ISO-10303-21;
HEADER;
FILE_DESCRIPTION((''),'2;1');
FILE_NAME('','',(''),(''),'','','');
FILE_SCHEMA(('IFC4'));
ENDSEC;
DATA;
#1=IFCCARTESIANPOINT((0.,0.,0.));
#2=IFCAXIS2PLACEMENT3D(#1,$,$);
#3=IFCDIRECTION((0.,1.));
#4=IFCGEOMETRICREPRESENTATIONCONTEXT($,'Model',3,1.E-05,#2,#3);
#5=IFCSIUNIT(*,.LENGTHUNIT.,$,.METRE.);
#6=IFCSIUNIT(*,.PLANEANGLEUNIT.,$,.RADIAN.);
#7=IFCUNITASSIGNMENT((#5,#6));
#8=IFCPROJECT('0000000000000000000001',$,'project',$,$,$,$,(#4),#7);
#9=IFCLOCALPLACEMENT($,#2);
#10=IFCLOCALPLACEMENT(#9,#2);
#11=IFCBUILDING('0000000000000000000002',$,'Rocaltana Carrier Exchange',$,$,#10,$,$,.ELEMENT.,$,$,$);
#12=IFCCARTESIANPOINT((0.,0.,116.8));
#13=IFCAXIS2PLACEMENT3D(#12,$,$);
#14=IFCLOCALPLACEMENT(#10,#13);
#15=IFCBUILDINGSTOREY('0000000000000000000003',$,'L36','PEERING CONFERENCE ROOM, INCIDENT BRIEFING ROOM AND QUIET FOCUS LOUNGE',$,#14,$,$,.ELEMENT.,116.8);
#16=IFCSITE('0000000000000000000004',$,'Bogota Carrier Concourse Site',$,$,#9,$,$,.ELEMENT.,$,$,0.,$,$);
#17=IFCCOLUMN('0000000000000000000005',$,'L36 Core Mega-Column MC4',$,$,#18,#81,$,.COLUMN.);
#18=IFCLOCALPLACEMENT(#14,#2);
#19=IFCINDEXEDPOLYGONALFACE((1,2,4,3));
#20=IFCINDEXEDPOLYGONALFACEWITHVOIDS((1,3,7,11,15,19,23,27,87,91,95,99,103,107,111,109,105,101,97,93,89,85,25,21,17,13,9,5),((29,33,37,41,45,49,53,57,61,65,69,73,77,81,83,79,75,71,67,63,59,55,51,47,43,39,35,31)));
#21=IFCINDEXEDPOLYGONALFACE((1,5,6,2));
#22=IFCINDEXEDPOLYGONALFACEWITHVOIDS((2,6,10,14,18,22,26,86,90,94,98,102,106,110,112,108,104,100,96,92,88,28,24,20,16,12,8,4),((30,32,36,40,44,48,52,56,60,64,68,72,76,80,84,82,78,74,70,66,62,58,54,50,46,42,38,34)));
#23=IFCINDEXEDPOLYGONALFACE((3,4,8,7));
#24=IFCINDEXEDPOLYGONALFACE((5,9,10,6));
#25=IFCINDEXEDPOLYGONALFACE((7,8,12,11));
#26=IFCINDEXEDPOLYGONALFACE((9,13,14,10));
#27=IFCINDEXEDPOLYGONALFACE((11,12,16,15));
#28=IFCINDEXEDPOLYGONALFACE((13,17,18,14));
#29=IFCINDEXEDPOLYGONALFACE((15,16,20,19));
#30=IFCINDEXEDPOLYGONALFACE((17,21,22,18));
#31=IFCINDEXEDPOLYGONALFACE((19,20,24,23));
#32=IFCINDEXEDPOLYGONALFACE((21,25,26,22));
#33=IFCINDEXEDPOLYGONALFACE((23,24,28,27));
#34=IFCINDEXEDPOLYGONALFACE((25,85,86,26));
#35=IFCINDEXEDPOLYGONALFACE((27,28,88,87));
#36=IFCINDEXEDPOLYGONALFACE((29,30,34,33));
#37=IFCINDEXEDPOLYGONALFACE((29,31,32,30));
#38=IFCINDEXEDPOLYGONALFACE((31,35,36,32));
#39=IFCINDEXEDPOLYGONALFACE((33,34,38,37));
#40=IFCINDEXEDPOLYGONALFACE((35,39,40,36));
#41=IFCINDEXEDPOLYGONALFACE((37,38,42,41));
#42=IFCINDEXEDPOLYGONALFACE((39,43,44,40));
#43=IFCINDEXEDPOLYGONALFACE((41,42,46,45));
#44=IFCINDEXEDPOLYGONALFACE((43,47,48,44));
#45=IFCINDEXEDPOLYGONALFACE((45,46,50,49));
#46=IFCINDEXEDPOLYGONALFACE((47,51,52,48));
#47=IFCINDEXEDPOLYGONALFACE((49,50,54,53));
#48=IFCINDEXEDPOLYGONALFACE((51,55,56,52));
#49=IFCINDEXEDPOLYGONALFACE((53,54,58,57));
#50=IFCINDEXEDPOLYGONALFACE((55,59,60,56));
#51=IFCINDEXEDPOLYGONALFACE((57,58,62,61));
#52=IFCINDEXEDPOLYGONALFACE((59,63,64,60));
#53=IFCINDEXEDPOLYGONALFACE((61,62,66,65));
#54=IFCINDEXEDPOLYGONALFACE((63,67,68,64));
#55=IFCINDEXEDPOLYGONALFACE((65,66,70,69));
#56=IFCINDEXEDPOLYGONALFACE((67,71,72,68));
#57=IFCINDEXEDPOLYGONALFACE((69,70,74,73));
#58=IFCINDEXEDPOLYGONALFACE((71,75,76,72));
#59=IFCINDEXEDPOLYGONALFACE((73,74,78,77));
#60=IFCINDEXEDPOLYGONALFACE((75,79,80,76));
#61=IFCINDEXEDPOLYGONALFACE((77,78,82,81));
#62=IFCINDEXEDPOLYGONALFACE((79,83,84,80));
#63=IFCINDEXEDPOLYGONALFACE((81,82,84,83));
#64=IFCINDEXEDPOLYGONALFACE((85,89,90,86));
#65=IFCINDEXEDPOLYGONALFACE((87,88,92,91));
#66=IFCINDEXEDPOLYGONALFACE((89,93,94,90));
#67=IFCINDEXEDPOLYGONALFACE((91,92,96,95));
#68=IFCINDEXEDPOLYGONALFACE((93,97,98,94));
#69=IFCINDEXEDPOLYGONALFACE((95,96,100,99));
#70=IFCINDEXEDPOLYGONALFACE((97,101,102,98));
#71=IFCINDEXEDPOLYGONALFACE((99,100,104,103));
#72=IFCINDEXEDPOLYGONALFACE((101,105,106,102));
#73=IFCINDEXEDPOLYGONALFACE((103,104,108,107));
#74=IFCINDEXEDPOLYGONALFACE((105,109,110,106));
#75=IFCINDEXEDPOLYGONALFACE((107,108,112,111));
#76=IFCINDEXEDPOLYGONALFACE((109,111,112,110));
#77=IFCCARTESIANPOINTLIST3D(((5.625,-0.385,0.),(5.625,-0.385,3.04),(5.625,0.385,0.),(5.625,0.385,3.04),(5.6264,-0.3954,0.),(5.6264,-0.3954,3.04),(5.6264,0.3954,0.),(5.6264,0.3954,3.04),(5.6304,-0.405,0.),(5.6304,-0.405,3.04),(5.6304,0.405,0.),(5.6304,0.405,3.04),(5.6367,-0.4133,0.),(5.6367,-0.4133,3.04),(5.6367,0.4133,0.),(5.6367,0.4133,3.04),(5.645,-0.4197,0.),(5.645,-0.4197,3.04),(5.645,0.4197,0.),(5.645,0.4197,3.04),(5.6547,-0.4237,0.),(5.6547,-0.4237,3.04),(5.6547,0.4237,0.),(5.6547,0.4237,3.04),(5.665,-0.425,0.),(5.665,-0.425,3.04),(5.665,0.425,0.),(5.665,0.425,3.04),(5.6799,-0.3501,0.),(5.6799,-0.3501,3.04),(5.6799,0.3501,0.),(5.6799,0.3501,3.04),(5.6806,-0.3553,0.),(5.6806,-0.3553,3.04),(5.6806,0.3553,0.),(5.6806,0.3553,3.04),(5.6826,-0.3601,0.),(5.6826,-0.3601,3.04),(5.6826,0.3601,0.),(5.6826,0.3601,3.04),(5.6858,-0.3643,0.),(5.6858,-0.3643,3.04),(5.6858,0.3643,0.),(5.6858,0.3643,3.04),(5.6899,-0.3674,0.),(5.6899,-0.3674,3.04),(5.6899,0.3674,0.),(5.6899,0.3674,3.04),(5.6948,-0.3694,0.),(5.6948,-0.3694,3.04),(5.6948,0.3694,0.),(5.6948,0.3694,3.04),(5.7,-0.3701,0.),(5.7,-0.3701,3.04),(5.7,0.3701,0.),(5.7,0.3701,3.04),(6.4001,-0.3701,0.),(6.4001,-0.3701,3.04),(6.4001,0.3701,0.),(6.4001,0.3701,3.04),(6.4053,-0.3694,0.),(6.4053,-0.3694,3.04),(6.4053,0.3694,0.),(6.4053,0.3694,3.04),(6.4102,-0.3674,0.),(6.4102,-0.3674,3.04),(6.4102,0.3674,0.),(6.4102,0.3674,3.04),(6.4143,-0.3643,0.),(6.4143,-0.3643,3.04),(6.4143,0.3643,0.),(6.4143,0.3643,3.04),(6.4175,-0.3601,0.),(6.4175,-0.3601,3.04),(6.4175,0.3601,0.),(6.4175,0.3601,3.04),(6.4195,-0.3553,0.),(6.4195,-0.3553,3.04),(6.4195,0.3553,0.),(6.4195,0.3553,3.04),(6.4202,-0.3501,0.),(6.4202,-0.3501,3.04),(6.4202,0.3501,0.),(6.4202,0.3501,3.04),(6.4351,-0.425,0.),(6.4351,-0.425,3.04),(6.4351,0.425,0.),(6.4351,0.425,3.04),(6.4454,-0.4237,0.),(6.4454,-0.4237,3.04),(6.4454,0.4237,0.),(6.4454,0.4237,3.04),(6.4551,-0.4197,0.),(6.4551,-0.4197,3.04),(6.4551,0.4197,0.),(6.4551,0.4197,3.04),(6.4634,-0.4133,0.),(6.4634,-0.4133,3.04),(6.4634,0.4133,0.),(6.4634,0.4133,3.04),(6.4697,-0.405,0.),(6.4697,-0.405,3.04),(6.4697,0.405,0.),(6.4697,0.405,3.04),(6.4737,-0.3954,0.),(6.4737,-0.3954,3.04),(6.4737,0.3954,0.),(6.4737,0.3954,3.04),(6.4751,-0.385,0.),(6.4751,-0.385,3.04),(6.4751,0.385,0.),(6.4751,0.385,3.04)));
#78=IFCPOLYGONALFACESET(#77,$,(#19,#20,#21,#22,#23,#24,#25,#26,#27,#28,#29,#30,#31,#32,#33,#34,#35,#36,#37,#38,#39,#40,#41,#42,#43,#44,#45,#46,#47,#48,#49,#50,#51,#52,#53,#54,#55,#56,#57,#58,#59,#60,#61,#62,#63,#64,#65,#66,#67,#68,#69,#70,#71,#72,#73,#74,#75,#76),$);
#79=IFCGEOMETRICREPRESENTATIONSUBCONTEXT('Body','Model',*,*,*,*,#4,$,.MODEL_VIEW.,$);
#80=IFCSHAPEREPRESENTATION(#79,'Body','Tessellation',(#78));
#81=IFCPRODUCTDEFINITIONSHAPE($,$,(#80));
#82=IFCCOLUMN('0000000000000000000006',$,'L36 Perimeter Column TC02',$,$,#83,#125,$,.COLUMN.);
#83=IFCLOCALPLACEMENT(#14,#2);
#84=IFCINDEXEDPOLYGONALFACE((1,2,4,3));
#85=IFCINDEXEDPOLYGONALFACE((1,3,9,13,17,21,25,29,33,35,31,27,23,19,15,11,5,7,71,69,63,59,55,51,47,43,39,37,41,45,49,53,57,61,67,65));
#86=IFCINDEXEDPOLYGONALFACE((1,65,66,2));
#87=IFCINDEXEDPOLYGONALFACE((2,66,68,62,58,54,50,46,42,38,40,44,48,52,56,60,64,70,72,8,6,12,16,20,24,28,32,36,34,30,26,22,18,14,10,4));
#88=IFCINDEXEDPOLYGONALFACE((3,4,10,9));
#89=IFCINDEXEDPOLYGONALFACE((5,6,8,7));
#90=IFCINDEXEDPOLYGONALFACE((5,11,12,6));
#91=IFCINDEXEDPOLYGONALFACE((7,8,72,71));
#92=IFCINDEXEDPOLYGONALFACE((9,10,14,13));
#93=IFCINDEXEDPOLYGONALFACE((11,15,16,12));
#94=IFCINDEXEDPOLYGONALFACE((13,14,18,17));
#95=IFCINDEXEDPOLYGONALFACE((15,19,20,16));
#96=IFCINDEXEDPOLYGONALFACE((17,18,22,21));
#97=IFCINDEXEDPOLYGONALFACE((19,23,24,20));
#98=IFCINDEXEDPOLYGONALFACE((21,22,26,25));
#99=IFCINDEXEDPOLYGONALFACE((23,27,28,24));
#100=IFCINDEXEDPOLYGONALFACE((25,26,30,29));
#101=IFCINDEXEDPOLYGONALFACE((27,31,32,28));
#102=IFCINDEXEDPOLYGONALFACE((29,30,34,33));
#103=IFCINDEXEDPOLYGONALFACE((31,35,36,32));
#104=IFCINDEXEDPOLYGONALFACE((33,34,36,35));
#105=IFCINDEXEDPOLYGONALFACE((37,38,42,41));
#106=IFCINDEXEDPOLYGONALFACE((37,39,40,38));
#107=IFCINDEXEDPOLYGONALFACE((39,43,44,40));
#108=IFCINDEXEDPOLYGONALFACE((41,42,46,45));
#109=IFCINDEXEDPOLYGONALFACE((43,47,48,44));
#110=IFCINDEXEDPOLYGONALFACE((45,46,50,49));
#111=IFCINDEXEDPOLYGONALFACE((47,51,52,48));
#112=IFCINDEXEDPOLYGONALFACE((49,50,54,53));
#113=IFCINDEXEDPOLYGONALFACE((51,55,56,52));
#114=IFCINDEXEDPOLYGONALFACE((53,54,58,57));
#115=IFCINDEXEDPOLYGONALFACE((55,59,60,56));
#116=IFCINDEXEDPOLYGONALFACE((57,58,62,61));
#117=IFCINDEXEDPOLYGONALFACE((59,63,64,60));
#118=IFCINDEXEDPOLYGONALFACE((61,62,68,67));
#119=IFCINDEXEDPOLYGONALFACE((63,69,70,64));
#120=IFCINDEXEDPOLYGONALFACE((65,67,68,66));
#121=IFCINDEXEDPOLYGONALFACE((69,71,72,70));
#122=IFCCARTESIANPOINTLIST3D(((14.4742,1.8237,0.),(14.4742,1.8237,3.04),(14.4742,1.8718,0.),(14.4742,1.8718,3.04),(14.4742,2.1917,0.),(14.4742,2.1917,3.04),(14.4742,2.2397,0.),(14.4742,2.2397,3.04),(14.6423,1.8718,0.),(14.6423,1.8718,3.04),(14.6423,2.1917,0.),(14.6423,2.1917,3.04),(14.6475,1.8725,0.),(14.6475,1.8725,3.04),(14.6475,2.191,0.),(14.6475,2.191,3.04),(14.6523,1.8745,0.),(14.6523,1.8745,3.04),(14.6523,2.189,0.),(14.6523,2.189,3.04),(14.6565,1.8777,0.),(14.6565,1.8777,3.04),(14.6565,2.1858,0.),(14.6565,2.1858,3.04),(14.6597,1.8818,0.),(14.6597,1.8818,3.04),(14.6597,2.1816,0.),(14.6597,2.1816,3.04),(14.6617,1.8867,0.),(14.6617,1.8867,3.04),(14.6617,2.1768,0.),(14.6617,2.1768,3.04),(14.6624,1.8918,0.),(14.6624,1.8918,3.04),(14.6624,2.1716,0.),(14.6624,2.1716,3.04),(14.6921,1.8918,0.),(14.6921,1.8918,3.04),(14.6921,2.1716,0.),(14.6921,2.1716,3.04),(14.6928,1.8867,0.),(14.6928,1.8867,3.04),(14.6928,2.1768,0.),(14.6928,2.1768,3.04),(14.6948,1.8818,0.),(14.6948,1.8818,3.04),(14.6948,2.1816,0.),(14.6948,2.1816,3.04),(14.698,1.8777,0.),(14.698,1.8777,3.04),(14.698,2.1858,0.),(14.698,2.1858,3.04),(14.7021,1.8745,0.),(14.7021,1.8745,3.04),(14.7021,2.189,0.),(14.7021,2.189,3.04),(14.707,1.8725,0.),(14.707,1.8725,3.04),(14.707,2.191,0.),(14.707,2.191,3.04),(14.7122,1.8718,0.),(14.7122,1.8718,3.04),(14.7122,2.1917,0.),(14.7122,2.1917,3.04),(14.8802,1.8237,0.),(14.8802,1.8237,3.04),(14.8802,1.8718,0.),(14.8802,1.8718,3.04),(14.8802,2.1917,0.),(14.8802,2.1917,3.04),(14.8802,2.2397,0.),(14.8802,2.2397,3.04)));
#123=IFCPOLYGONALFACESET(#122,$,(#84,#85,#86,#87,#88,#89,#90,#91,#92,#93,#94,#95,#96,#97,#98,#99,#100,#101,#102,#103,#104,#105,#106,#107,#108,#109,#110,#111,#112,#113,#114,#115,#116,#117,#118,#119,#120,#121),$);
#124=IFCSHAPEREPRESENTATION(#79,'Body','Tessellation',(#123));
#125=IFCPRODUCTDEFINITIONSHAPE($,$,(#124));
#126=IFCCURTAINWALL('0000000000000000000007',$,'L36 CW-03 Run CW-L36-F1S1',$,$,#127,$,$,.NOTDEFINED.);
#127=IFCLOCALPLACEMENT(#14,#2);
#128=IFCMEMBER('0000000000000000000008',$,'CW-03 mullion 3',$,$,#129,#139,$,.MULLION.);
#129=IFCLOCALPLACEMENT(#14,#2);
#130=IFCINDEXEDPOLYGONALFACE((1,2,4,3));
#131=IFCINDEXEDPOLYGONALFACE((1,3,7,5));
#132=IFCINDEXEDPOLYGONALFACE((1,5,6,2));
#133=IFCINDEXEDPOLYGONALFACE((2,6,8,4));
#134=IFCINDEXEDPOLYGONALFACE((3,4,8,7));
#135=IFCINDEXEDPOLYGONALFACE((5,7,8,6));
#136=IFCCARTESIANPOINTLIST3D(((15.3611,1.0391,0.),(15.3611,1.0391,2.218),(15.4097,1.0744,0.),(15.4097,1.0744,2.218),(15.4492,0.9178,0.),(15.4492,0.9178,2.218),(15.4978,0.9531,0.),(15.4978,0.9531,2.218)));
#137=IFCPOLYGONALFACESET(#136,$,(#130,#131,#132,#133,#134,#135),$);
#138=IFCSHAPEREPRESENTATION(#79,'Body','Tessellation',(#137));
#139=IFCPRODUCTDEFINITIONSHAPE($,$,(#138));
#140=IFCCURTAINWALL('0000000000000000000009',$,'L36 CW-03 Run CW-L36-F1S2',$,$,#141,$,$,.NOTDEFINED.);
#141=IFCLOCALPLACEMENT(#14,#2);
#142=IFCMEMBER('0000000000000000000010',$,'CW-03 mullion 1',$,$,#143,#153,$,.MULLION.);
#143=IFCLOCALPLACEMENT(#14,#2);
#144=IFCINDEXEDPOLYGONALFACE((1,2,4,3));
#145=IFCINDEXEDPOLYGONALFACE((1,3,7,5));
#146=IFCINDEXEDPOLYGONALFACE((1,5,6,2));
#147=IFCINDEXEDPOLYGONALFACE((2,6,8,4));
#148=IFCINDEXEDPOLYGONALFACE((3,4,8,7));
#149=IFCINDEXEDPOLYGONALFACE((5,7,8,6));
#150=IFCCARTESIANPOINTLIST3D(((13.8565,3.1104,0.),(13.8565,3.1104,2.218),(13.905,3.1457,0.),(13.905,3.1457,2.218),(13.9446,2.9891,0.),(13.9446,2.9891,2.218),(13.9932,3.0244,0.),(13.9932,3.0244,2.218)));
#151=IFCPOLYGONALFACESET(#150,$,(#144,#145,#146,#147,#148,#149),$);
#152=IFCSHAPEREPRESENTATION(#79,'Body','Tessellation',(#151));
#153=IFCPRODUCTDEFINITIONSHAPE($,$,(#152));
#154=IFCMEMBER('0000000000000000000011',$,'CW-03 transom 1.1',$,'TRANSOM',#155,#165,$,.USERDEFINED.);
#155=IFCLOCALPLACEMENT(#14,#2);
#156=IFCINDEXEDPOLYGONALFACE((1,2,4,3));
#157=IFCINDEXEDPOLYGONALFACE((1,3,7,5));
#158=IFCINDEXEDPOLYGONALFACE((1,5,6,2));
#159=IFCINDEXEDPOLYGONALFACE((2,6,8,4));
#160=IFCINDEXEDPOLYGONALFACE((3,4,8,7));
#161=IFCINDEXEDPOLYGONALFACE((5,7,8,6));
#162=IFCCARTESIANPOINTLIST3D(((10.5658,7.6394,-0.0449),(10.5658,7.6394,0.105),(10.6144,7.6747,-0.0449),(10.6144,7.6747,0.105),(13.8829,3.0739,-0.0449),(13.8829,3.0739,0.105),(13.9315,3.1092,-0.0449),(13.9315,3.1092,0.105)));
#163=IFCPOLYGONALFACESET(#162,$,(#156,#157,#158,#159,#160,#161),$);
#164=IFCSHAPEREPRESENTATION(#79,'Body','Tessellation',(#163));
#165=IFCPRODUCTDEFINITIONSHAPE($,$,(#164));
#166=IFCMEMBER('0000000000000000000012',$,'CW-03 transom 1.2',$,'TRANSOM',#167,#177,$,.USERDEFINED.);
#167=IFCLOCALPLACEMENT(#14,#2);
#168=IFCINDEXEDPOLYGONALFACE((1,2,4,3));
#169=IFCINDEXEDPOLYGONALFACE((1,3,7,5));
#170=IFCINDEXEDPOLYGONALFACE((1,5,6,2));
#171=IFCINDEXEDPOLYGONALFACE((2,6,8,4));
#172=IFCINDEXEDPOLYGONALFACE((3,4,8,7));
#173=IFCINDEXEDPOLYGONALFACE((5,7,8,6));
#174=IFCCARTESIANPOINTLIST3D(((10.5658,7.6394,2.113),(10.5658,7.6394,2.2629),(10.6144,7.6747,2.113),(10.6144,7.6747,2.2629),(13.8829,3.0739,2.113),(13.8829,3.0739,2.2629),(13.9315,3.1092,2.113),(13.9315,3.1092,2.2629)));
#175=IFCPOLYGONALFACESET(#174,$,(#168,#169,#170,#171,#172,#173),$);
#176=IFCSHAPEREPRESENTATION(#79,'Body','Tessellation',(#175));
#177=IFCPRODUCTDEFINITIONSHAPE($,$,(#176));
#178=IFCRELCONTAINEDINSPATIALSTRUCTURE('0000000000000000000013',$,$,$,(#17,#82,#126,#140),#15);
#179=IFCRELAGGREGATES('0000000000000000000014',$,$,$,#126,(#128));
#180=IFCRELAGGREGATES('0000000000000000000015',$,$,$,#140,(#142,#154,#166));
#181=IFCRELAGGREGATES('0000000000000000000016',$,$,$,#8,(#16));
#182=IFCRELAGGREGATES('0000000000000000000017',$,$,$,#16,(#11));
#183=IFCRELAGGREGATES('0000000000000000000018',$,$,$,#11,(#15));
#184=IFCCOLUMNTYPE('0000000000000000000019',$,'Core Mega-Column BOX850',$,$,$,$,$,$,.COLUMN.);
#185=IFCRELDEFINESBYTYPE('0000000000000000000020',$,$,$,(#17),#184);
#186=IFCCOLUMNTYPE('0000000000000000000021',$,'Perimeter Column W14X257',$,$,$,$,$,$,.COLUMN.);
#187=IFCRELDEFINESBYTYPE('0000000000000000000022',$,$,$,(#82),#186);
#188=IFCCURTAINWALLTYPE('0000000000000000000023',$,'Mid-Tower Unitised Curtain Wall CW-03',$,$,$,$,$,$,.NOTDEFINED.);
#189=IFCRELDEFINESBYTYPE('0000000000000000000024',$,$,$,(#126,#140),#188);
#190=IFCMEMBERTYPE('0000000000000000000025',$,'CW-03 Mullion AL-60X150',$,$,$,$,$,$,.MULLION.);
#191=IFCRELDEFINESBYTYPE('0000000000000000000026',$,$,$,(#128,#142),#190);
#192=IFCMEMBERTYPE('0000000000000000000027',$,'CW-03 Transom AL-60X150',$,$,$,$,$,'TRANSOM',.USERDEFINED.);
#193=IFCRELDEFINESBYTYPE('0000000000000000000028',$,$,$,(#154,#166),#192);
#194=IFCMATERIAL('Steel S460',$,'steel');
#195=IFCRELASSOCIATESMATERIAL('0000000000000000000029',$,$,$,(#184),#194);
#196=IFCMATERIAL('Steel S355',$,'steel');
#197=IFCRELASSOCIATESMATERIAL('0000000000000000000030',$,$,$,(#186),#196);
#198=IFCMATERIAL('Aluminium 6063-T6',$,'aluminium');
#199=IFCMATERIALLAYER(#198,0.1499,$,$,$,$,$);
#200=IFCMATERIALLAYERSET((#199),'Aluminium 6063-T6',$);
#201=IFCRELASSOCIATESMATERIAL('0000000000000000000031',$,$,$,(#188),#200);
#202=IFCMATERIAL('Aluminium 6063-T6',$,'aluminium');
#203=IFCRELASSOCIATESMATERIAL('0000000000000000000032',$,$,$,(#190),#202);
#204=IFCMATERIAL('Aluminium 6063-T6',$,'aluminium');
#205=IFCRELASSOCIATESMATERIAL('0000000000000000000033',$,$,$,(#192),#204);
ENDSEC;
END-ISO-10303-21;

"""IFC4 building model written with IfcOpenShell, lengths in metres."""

from ifc_helpers import new_model, si_unit, direction, frame, origin, origin_2d, place, context, subcontext, project, spatial, rectangle, hollow_rectangle, i_section, extrude, material, layer, layer_set, material_profile, profile_set, type_object, element, aggregate, save


model = new_model("IFC4")

# Units and contexts
model_context = context("Model", 3, precision=1e-05, world=origin(), true_north=direction((0.0, 1.0)))
body_context = subcontext(model_context, "Body", "Model", "MODEL_VIEW")
ifc_project = project(units=[si_unit("LENGTHUNIT", "METRE"), si_unit("PLANEANGLEUNIT", "RADIAN")], contexts=[model_context])

# Site, building, storey
site_placement = place(None, origin())
site = spatial("IfcSite", under=ifc_project, at=site_placement, Name="Bogota Carrier Concourse Site", CompositionType="ELEMENT", RefElevation=0.0)
building_placement = place(site_placement, origin())
building = spatial("IfcBuilding", under=site, at=building_placement, Name="Rocaltana Carrier Exchange", CompositionType="ELEMENT")
storey_placement = place(building_placement, frame((0.0, 0.0, 116.8)))
storey = spatial("IfcBuildingStorey", under=building, at=storey_placement, Name="L36", Description="PEERING CONFERENCE ROOM, INCIDENT BRIEFING ROOM AND QUIET FOCUS LOUNGE", CompositionType="ELEMENT", Elevation=116.8)

# Columns
ifc_material_1 = material(Name="Steel S460", Category="steel")
ifc_material_profile_1 = material_profile(ifc_material_1, hollow_rectangle(XDim=0.8501, YDim=0.8501, WallThickness=0.0549, InnerFilletRadius=0.02, OuterFilletRadius=0.04, at=origin_2d()), Name="BOX850X850X55")
ifc_profile_set_1 = profile_set([ifc_material_profile_1], Name="Steel S460")
column_type_1 = type_object("IfcColumnType", Name="Core Mega-Column BOX850", PredefinedType="COLUMN", material=ifc_profile_set_1)
column_1_placement = place(storey_placement, frame((6.05, 0.0, 0.0), z_axis=(0.0, 0.0, 1.0), x_axis=(1.0, 0.0, 0.0)))
element("IfcColumn", 1, at=column_1_placement, inside=storey, type_object=column_type_1, Name="L36 Core Mega-Column MC4", PredefinedType="COLUMN", context=body_context, shape_type="SweptSolid", body=[
    extrude(hollow_rectangle(XDim=0.8501, YDim=0.8501, WallThickness=0.0549, InnerFilletRadius=0.02, OuterFilletRadius=0.04, at=origin_2d()), origin(), (0.0, 0.0, 1.0), 3.04),
])
ifc_material_2 = material(Name="Steel S355", Category="steel")
ifc_material_profile_2 = material_profile(ifc_material_2, i_section(OverallWidth=0.406, OverallDepth=0.416, WebThickness=0.0298, FlangeThickness=0.0481, FilletRadius=0.02, at=origin_2d()), Name="W14X257")
ifc_profile_set_2 = profile_set([ifc_material_profile_2], Name="Steel S355")
column_type_2 = type_object("IfcColumnType", Name="Perimeter Column W14X257", PredefinedType="COLUMN", material=ifc_profile_set_2)
column_2_placement = place(storey_placement, frame((14.6772, 2.0317, 0.0), z_axis=(0.0, 0.0, 1.0), x_axis=(1.0, 0.0, 0.0)))
element("IfcColumn", 2, at=column_2_placement, inside=storey, type_object=column_type_2, Name="L36 Perimeter Column TC02", PredefinedType="COLUMN", context=body_context, shape_type="SweptSolid", body=[
    extrude(i_section(OverallWidth=0.406, OverallDepth=0.416, WebThickness=0.0298, FlangeThickness=0.0481, FilletRadius=0.02, at=origin_2d()), origin(), (0.0, 0.0, 1.0), 3.04),
])

# Curtain wall, member
ifc_material_3 = material(Name="Aluminium 6063-T6", Category="aluminium")
ifc_layer_1 = layer(ifc_material_3, 0.1499)
ifc_layer_set_1 = layer_set([ifc_layer_1], Name="Aluminium 6063-T6")
curtain_wall_type = type_object("IfcCurtainWallType", Name="Mid-Tower Unitised Curtain Wall CW-03", PredefinedType="NOTDEFINED", material=ifc_layer_set_1)
curtain_wall_1_placement = place(storey_placement, origin())
curtain_wall_1 = element("IfcCurtainWall", 3, at=curtain_wall_1_placement, inside=storey, type_object=curtain_wall_type, Name="L36 CW-03 Run CW-L36-F1S1", PredefinedType="NOTDEFINED")
ifc_material_4 = material(Name="Aluminium 6063-T6", Category="aluminium")
ifc_material_profile_3 = material_profile(ifc_material_4, rectangle(XDim=0.0601, YDim=0.1499, at=origin_2d()), Name="AL-60X150")
ifc_profile_set_3 = profile_set([ifc_material_profile_3], Name="Aluminium 6063-T6")
member_type_1 = type_object("IfcMemberType", Name="CW-03 Mullion AL-60X150", PredefinedType="MULLION", material=ifc_profile_set_3)
member_1_placement = place(storey_placement, frame((15.4294, 0.9961, 0.0), z_axis=(0.0, 0.0, 1.0), x_axis=(-0.809014, -0.58779, 0.0)))
member_1 = element("IfcMember", 4, at=member_1_placement, type_object=member_type_1, Name="CW-03 mullion 3", PredefinedType="MULLION", context=body_context, shape_type="SweptSolid", body=[
    extrude(rectangle(XDim=0.0601, YDim=0.1499, at=origin_2d()), origin(), (0.0, 0.0, 1.0), 2.218),
])
aggregate(curtain_wall_1, [member_1])

# Curtain wall, members
curtain_wall_2_placement = place(storey_placement, origin())
curtain_wall_2 = element("IfcCurtainWall", 5, at=curtain_wall_2_placement, inside=storey, type_object=curtain_wall_type, Name="L36 CW-03 Run CW-L36-F1S2", PredefinedType="NOTDEFINED")
member_2_placement = place(storey_placement, frame((13.9248, 3.0674, 0.0), z_axis=(0.0, 0.0, 1.0), x_axis=(-0.809014, -0.58779, 0.0)))
member_2 = element("IfcMember", 6, at=member_2_placement, type_object=member_type_1, Name="CW-03 mullion 1", PredefinedType="MULLION", context=body_context, shape_type="SweptSolid", body=[
    extrude(rectangle(XDim=0.0601, YDim=0.1499, at=origin_2d()), origin(), (0.0, 0.0, 1.0), 2.218),
])
ifc_material_5 = material(Name="Aluminium 6063-T6", Category="aluminium")
ifc_material_profile_4 = material_profile(ifc_material_5, rectangle(XDim=0.0601, YDim=0.1499, at=origin_2d()), Name="AL-60X150")
ifc_profile_set_4 = profile_set([ifc_material_profile_4], Name="Aluminium 6063-T6")
member_type_2 = type_object("IfcMemberType", Name="CW-03 Transom AL-60X150", ElementType="TRANSOM", PredefinedType="USERDEFINED", material=ifc_profile_set_4)
member_3_placement = place(storey_placement, frame((13.9072, 3.0916, 0.03), z_axis=(-0.587804, 0.809004, 0.0), x_axis=(-0.809004, -0.587804, 0.0)))
member_3 = element("IfcMember", 7, at=member_3_placement, type_object=member_type_2, Name="CW-03 transom 1.1", ObjectType="TRANSOM", PredefinedType="USERDEFINED", context=body_context, shape_type="SweptSolid", body=[
    extrude(rectangle(XDim=0.0601, YDim=0.1499, at=origin_2d()), origin(), (0.0, 0.0, 1.0), 5.6433),
])
member_4_placement = place(storey_placement, frame((13.9072, 3.0916, 2.188), z_axis=(-0.587804, 0.809004, 0.0), x_axis=(-0.809004, -0.587804, 0.0)))
member_4 = element("IfcMember", 8, at=member_4_placement, type_object=member_type_2, Name="CW-03 transom 1.2", ObjectType="TRANSOM", PredefinedType="USERDEFINED", context=body_context, shape_type="SweptSolid", body=[
    extrude(rectangle(XDim=0.0601, YDim=0.1499, at=origin_2d()), origin(), (0.0, 0.0, 1.0), 5.6433),
])
aggregate(curtain_wall_2, [member_2, member_3, member_4])

save(model, "model.ifc")
